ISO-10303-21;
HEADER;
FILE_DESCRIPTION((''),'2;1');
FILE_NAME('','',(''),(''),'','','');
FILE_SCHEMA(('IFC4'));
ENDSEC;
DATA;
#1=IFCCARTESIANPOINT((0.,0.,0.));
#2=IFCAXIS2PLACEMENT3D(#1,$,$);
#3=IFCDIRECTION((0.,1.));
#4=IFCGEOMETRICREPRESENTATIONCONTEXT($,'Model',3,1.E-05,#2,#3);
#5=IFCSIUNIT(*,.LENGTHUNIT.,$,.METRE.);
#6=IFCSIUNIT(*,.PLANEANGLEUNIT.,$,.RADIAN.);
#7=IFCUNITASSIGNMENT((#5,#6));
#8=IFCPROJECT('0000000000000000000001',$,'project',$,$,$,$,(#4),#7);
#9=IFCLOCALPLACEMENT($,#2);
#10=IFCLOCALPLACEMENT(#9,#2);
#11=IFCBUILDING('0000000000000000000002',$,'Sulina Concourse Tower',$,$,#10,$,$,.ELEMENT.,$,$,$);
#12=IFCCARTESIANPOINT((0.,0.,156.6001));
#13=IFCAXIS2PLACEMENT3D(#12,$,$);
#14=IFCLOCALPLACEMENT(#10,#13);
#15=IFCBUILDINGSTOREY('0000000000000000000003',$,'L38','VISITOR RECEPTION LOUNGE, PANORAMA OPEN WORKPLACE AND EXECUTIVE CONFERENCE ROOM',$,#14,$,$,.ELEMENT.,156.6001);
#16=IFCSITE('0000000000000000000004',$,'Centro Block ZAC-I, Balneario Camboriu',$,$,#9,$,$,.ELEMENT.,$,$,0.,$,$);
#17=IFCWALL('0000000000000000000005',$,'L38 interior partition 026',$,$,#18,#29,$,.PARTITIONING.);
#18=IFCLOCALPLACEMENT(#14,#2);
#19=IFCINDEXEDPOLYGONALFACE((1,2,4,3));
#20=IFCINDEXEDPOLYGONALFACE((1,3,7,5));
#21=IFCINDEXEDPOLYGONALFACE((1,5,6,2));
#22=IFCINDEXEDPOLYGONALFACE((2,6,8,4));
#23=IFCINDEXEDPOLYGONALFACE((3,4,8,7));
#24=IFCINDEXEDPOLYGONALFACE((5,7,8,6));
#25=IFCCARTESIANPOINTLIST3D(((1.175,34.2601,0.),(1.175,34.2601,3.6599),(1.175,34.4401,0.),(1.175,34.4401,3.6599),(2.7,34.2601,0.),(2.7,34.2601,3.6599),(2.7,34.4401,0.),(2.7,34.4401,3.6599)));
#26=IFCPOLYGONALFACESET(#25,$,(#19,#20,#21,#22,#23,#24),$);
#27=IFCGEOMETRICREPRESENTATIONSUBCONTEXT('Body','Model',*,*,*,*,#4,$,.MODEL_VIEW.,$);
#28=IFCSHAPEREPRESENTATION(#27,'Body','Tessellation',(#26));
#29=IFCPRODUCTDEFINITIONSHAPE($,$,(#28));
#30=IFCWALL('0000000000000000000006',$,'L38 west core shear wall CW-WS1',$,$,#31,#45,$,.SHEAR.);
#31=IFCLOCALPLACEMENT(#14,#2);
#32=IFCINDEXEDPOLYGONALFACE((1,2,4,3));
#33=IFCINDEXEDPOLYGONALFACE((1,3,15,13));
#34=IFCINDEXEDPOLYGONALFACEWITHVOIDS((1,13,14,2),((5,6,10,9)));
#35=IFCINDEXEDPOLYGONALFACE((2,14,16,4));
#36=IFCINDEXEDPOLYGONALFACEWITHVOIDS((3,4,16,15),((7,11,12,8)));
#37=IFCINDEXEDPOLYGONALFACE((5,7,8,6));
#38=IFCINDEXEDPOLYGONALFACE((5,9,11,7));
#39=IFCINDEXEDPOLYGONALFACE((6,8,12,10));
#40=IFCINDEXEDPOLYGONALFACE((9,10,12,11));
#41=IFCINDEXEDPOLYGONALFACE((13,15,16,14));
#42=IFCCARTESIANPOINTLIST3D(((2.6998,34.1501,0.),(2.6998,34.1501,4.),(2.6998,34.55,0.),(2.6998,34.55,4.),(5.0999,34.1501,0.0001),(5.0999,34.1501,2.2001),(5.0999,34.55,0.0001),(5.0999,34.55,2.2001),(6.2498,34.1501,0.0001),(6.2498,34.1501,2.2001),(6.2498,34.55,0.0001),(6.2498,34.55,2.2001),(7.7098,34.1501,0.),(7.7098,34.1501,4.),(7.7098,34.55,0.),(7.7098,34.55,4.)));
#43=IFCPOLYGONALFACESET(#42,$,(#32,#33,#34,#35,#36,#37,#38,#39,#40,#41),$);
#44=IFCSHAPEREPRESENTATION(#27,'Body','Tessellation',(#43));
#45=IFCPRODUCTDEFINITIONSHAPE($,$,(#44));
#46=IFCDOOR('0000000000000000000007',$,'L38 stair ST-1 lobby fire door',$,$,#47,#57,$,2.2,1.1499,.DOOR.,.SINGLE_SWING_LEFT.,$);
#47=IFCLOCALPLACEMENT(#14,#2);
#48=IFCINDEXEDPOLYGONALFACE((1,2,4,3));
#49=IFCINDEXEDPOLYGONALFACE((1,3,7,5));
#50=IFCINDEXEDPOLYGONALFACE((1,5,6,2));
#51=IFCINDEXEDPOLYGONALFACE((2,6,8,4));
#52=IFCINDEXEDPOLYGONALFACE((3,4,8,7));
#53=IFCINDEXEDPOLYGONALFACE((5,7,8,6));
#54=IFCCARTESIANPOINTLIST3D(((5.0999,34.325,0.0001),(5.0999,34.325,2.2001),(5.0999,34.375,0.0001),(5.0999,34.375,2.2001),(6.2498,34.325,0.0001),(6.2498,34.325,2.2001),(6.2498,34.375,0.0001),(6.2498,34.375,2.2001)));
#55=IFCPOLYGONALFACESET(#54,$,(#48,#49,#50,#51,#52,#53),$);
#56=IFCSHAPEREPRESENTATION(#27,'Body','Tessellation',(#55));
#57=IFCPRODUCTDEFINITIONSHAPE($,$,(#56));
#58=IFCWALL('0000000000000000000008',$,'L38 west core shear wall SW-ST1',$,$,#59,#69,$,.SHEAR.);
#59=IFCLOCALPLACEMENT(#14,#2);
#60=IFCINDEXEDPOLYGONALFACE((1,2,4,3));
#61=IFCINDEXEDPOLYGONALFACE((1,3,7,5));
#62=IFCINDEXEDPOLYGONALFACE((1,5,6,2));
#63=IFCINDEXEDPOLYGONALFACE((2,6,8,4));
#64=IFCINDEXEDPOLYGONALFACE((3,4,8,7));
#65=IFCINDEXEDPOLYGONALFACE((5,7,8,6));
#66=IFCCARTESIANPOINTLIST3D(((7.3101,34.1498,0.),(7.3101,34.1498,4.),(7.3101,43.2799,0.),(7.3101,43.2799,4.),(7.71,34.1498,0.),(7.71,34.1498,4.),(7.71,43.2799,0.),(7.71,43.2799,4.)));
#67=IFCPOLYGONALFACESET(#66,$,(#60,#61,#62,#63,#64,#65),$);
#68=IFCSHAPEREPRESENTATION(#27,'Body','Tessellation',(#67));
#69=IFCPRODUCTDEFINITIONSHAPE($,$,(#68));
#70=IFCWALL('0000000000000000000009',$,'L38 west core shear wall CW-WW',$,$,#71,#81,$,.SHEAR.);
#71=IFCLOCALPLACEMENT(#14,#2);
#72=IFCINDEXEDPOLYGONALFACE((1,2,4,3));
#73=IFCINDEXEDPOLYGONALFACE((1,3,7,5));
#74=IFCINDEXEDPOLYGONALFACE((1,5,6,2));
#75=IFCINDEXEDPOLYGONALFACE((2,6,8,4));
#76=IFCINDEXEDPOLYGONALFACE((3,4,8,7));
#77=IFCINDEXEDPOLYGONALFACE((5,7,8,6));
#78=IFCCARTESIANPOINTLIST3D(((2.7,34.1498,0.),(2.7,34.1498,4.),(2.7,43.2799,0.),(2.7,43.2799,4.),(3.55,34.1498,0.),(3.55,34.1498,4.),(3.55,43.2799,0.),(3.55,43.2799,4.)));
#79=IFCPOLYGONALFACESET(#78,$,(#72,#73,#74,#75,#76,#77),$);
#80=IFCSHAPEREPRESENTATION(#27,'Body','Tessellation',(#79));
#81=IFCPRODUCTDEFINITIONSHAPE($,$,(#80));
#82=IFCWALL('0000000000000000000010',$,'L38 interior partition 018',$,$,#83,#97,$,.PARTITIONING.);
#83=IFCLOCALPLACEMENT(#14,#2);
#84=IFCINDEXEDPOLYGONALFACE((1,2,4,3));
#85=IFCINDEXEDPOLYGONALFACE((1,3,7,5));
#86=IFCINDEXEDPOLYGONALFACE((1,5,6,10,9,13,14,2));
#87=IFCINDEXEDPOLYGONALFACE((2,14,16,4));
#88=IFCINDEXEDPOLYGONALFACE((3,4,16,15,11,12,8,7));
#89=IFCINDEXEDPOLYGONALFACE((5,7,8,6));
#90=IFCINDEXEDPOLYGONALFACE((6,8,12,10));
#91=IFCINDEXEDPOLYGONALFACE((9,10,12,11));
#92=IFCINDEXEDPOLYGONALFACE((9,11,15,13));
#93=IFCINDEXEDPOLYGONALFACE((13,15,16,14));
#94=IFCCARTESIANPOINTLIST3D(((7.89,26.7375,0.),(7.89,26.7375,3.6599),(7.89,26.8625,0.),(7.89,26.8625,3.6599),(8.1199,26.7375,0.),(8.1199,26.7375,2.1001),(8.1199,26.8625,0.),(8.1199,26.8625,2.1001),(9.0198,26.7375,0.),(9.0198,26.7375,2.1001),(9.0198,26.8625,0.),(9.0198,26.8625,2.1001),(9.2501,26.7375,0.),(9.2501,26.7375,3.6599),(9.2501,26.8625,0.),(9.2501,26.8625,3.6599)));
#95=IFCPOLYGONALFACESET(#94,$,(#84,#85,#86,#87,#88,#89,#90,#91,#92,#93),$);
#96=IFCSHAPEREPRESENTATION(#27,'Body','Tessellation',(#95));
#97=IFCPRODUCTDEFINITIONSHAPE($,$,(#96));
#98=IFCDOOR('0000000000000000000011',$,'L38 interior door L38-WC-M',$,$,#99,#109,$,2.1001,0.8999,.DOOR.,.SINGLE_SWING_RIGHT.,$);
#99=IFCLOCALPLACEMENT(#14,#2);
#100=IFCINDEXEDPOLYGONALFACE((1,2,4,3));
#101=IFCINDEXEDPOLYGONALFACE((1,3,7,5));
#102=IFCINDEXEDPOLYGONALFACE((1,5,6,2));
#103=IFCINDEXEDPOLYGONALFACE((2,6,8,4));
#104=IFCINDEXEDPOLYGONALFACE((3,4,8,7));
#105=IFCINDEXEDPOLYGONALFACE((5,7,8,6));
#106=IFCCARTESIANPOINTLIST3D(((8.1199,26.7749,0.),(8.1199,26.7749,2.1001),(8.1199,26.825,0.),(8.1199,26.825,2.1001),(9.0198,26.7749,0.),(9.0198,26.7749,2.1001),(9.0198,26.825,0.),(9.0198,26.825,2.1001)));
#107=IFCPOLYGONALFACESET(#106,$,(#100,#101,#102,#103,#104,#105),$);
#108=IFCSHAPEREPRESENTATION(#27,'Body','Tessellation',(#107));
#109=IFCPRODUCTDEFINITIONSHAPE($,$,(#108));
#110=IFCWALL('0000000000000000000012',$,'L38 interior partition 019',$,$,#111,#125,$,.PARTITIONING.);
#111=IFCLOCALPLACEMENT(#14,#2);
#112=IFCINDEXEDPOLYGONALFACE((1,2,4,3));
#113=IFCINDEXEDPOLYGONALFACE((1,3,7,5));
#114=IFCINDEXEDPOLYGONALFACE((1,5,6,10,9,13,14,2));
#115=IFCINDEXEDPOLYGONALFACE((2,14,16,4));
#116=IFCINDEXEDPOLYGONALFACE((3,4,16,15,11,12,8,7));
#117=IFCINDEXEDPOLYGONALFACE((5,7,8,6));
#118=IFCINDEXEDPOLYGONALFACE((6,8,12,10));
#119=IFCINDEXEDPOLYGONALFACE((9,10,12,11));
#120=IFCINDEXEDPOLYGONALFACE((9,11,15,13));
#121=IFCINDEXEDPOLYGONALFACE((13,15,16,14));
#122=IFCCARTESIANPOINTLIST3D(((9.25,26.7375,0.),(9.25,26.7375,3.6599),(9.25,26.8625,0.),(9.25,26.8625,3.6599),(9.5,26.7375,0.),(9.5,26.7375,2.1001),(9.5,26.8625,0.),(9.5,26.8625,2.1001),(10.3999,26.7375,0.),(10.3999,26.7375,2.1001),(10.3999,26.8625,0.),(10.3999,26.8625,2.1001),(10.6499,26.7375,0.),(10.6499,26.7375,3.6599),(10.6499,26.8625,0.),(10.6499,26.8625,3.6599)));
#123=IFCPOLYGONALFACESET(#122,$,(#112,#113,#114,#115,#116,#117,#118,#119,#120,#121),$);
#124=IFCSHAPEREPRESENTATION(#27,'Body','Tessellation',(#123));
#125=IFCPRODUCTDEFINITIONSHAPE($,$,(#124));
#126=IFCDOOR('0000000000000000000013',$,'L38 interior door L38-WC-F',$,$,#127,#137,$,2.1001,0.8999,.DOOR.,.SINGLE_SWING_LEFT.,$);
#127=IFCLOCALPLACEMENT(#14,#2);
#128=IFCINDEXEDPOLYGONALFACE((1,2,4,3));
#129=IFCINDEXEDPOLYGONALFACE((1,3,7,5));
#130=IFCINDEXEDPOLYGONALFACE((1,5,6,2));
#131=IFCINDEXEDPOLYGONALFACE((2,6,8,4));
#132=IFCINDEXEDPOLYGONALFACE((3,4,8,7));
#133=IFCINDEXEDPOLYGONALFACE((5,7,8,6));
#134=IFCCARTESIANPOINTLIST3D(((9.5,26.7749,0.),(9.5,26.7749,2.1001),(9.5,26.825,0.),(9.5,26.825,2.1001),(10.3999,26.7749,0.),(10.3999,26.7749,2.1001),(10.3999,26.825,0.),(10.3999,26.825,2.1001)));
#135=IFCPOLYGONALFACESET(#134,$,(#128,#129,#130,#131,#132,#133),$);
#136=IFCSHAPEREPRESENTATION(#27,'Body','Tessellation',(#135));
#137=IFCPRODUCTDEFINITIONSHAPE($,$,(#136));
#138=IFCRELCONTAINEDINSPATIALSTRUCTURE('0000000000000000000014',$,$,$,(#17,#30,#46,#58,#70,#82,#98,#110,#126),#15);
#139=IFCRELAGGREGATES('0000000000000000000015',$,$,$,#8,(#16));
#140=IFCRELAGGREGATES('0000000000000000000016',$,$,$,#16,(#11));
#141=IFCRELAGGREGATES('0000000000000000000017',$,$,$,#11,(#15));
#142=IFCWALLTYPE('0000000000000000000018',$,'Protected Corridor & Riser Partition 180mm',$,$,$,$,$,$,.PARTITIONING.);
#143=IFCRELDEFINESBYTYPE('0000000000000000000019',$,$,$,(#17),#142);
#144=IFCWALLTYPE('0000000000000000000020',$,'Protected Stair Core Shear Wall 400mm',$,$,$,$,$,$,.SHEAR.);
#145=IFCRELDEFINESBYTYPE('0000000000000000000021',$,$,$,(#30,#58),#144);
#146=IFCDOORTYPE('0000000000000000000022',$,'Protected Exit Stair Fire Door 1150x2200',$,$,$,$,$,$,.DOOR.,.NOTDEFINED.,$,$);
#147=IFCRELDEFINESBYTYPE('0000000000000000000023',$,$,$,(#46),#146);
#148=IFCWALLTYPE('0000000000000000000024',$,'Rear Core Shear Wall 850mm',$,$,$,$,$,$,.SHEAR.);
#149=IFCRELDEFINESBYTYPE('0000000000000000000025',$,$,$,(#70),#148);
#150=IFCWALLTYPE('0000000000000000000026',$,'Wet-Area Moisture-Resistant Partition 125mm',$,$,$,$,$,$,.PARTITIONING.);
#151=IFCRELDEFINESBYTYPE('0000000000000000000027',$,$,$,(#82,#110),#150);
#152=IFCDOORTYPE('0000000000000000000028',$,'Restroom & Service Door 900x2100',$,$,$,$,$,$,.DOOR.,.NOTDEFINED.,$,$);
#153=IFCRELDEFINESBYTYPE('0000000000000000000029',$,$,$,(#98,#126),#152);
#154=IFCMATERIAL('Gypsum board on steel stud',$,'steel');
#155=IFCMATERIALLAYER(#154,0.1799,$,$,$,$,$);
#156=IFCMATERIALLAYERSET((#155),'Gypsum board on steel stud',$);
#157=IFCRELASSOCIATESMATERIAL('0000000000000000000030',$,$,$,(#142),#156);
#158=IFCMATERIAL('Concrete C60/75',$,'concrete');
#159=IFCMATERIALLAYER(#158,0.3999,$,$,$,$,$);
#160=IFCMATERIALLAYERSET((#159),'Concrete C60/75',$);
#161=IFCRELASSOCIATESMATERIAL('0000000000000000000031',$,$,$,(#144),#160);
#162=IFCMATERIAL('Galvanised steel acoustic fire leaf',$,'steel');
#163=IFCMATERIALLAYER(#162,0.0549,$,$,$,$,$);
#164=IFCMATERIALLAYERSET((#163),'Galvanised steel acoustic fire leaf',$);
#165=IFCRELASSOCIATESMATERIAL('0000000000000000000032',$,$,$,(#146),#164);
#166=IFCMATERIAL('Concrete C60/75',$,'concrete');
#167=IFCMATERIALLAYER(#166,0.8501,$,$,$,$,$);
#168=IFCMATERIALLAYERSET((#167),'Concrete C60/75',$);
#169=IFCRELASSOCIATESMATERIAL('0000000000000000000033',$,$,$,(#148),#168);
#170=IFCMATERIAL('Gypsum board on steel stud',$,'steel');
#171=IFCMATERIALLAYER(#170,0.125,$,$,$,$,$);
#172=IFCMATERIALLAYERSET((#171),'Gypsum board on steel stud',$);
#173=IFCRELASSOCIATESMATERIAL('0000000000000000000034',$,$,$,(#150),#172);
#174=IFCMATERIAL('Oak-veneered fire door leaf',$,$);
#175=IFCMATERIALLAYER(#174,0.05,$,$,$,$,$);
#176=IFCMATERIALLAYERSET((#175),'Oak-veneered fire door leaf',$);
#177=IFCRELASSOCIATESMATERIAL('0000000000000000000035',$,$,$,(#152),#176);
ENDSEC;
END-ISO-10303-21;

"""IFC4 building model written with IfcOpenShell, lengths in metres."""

from ifc_helpers import new_model, si_unit, direction, frame, frame_2d, origin, place, context, subcontext, project, spatial, rectangle, extrude, material, layer, layer_set, type_object, element, fill, save


model = new_model("IFC4")

# Units and contexts
model_context = context("Model", 3, precision=1e-05, world=origin(), true_north=direction((0.0, 1.0)))
body_context = subcontext(model_context, "Body", "Model", "MODEL_VIEW")
ifc_project = project(units=[si_unit("LENGTHUNIT", "METRE"), si_unit("PLANEANGLEUNIT", "RADIAN")], contexts=[model_context])

# Site, building, storey
site_placement = place(None, origin())
site = spatial("IfcSite", under=ifc_project, at=site_placement, Name="Centro Block ZAC-I, Balneario Camboriu", CompositionType="ELEMENT", RefElevation=0.0)
building_placement = place(site_placement, origin())
building = spatial("IfcBuilding", under=site, at=building_placement, Name="Sulina Concourse Tower", CompositionType="ELEMENT")
storey_placement = place(building_placement, frame((0.0, 0.0, 156.6001)))
storey = spatial("IfcBuildingStorey", under=building, at=storey_placement, Name="L38", Description="VISITOR RECEPTION LOUNGE, PANORAMA OPEN WORKPLACE AND EXECUTIVE CONFERENCE ROOM", CompositionType="ELEMENT", Elevation=156.6001)

# Wall
ifc_material_1 = material(Name="Gypsum board on steel stud", Category="steel")
ifc_layer_1 = layer(ifc_material_1, 0.1799)
ifc_layer_set_1 = layer_set([ifc_layer_1], Name="Gypsum board on steel stud")
wall_type_1 = type_object("IfcWallType", Name="Protected Corridor & Riser Partition 180mm", PredefinedType="PARTITIONING", material=ifc_layer_set_1)
wall_1_placement = place(storey_placement, frame((1.175, 34.3501, 0.0), z_axis=(0.0, 0.0, 1.0), x_axis=(1.0, 0.0, 0.0)))
element("IfcWall", 1, at=wall_1_placement, inside=storey, type_object=wall_type_1, Name="L38 interior partition 026", PredefinedType="PARTITIONING", context=body_context, shape_type="SweptSolid", body=[
    extrude(rectangle(XDim=1.5249, YDim=0.1799, at=frame_2d((0.7625, 0.0))), origin(), (0.0, 0.0, 1.0), 3.6599),
])

# Wall, opening, door
ifc_material_2 = material(Name="Concrete C60/75", Category="concrete")
ifc_layer_2 = layer(ifc_material_2, 0.3999)
ifc_layer_set_2 = layer_set([ifc_layer_2], Name="Concrete C60/75")
wall_type_2 = type_object("IfcWallType", Name="Protected Stair Core Shear Wall 400mm", PredefinedType="SHEAR", material=ifc_layer_set_2)
wall_2_placement = place(storey_placement, frame((2.7, 34.3501, 0.0), z_axis=(0.0, 0.0, 1.0), x_axis=(1.0, 0.0, 0.0)))
wall_2 = element("IfcWall", 2, at=wall_2_placement, inside=storey, type_object=wall_type_2, Name="L38 west core shear wall CW-WS1", PredefinedType="SHEAR", context=body_context, shape_type="SweptSolid", body=[
    extrude(rectangle(XDim=5.01, YDim=0.3999, at=frame_2d((2.5049, 0.0))), origin(), (0.0, 0.0, 1.0), 4.0),
])
opening_1_placement = place(wall_2_placement, frame((2.3999, 0.0, 0.0)))
opening_1 = element("IfcOpeningElement", 3, at=opening_1_placement, cuts=wall_2, PredefinedType="OPENING", context=body_context, shape_type="SweptSolid", body=[
    extrude(rectangle(XDim=1.1499, YDim=2.2, at=frame_2d((0.575, 1.1001))), frame((0.0, 0.21, 0.0), z_axis=(0.0, -1.0, 0.0), x_axis=(1.0, 0.0, 0.0)), (0.0, 0.0, 1.0), 0.4199),
])
ifc_material_3 = material(Name="Galvanised steel acoustic fire leaf", Category="steel")
ifc_layer_3 = layer(ifc_material_3, 0.0549)
ifc_layer_set_3 = layer_set([ifc_layer_3], Name="Galvanised steel acoustic fire leaf")
door_type_1 = type_object("IfcDoorType", Name="Protected Exit Stair Fire Door 1150x2200", OperationType="NOTDEFINED", PredefinedType="DOOR", material=ifc_layer_set_3)
door_1_placement = place(opening_1_placement, origin())
door_1 = element("IfcDoor", 4, at=door_1_placement, inside=storey, type_object=door_type_1, Name="L38 stair ST-1 lobby fire door", OperationType="SINGLE_SWING_LEFT", OverallHeight=2.2, OverallWidth=1.1499, PredefinedType="DOOR", context=body_context, shape_type="SweptSolid", body=[
    extrude(rectangle(XDim=1.1499, YDim=2.2, at=frame_2d((0.575, 1.1001))), frame((0.0, 0.0249, 0.0), z_axis=(0.0, -1.0, 0.0), x_axis=(1.0, 0.0, 0.0)), (0.0, 0.0, 1.0), 0.05),
])
fill(opening_1, door_1)

# Walls
wall_3_placement = place(storey_placement, frame((7.51, 34.1499, 0.0), z_axis=(0.0, 0.0, 1.0), x_axis=(0.0, 1.0, 0.0)))
element("IfcWall", 5, at=wall_3_placement, inside=storey, type_object=wall_type_2, Name="L38 west core shear wall SW-ST1", PredefinedType="SHEAR", context=body_context, shape_type="SweptSolid", body=[
    extrude(rectangle(XDim=9.1301, YDim=0.3999, at=frame_2d((4.5649, 0.0))), origin(), (0.0, 0.0, 1.0), 4.0),
])
ifc_material_4 = material(Name="Concrete C60/75", Category="concrete")
ifc_layer_4 = layer(ifc_material_4, 0.8501)
ifc_layer_set_4 = layer_set([ifc_layer_4], Name="Concrete C60/75")
wall_type_3 = type_object("IfcWallType", Name="Rear Core Shear Wall 850mm", PredefinedType="SHEAR", material=ifc_layer_set_4)
wall_4_placement = place(storey_placement, frame((3.125, 34.1499, 0.0), z_axis=(0.0, 0.0, 1.0), x_axis=(0.0, 1.0, 0.0)))
element("IfcWall", 6, at=wall_4_placement, inside=storey, type_object=wall_type_3, Name="L38 west core shear wall CW-WW", PredefinedType="SHEAR", context=body_context, shape_type="SweptSolid", body=[
    extrude(rectangle(XDim=9.1301, YDim=0.8501, at=frame_2d((4.5649, 0.0))), origin(), (0.0, 0.0, 1.0), 4.0),
])

# Walls, openings, doors
ifc_material_5 = material(Name="Gypsum board on steel stud", Category="steel")
ifc_layer_5 = layer(ifc_material_5, 0.125)
ifc_layer_set_5 = layer_set([ifc_layer_5], Name="Gypsum board on steel stud")
wall_type_4 = type_object("IfcWallType", Name="Wet-Area Moisture-Resistant Partition 125mm", PredefinedType="PARTITIONING", material=ifc_layer_set_5)
wall_5_placement = place(storey_placement, frame((7.8899, 26.8, 0.0), z_axis=(0.0, 0.0, 1.0), x_axis=(1.0, 0.0, 0.0)))
wall_5 = element("IfcWall", 7, at=wall_5_placement, inside=storey, type_object=wall_type_4, Name="L38 interior partition 018", PredefinedType="PARTITIONING", context=body_context, shape_type="SweptSolid", body=[
    extrude(rectangle(XDim=1.3601, YDim=0.125, at=frame_2d((0.6802, 0.0))), origin(), (0.0, 0.0, 1.0), 3.6599),
])
opening_2_placement = place(wall_5_placement, frame((0.23, 0.0, 0.0)))
opening_2 = element("IfcOpeningElement", 8, at=opening_2_placement, cuts=wall_5, PredefinedType="OPENING", context=body_context, shape_type="SweptSolid", body=[
    extrude(rectangle(XDim=0.8999, YDim=2.1001, at=frame_2d((0.45, 1.05))), frame((0.0, 0.0725, 0.0), z_axis=(0.0, -1.0, 0.0), x_axis=(1.0, 0.0, 0.0)), (0.0, 0.0, 1.0), 0.145),
])
ifc_material_6 = material(Name="Oak-veneered fire door leaf")
ifc_layer_6 = layer(ifc_material_6, 0.05)
ifc_layer_set_6 = layer_set([ifc_layer_6], Name="Oak-veneered fire door leaf")
door_type_2 = type_object("IfcDoorType", Name="Restroom & Service Door 900x2100", OperationType="NOTDEFINED", PredefinedType="DOOR", material=ifc_layer_set_6)
door_2_placement = place(opening_2_placement, origin())
door_2 = element("IfcDoor", 9, at=door_2_placement, inside=storey, type_object=door_type_2, Name="L38 interior door L38-WC-M", OperationType="SINGLE_SWING_RIGHT", OverallHeight=2.1001, OverallWidth=0.8999, PredefinedType="DOOR", context=body_context, shape_type="SweptSolid", body=[
    extrude(rectangle(XDim=0.8999, YDim=2.1001, at=frame_2d((0.45, 1.05))), frame((0.0, 0.0249, 0.0), z_axis=(0.0, -1.0, 0.0), x_axis=(1.0, 0.0, 0.0)), (0.0, 0.0, 1.0), 0.05),
])
fill(opening_2, door_2)
wall_6_placement = place(storey_placement, frame((9.25, 26.8, 0.0), z_axis=(0.0, 0.0, 1.0), x_axis=(1.0, 0.0, 0.0)))
wall_6 = element("IfcWall", 10, at=wall_6_placement, inside=storey, type_object=wall_type_4, Name="L38 interior partition 019", PredefinedType="PARTITIONING", context=body_context, shape_type="SweptSolid", body=[
    extrude(rectangle(XDim=1.3999, YDim=0.125, at=frame_2d((0.7, 0.0))), origin(), (0.0, 0.0, 1.0), 3.6599),
])
opening_3_placement = place(wall_6_placement, frame((0.25, 0.0, 0.0)))
opening_3 = element("IfcOpeningElement", 11, at=opening_3_placement, cuts=wall_6, PredefinedType="OPENING", context=body_context, shape_type="SweptSolid", body=[
    extrude(rectangle(XDim=0.8999, YDim=2.1001, at=frame_2d((0.45, 1.05))), frame((0.0, 0.0725, 0.0), z_axis=(0.0, -1.0, 0.0), x_axis=(1.0, 0.0, 0.0)), (0.0, 0.0, 1.0), 0.145),
])
door_3_placement = place(opening_3_placement, origin())
door_3 = element("IfcDoor", 12, at=door_3_placement, inside=storey, type_object=door_type_2, Name="L38 interior door L38-WC-F", OperationType="SINGLE_SWING_LEFT", OverallHeight=2.1001, OverallWidth=0.8999, PredefinedType="DOOR", context=body_context, shape_type="SweptSolid", body=[
    extrude(rectangle(XDim=0.8999, YDim=2.1001, at=frame_2d((0.45, 1.05))), frame((0.0, 0.0249, 0.0), z_axis=(0.0, -1.0, 0.0), x_axis=(1.0, 0.0, 0.0)), (0.0, 0.0, 1.0), 0.05),
])
fill(opening_3, door_3)

save(model, "model.ifc")
